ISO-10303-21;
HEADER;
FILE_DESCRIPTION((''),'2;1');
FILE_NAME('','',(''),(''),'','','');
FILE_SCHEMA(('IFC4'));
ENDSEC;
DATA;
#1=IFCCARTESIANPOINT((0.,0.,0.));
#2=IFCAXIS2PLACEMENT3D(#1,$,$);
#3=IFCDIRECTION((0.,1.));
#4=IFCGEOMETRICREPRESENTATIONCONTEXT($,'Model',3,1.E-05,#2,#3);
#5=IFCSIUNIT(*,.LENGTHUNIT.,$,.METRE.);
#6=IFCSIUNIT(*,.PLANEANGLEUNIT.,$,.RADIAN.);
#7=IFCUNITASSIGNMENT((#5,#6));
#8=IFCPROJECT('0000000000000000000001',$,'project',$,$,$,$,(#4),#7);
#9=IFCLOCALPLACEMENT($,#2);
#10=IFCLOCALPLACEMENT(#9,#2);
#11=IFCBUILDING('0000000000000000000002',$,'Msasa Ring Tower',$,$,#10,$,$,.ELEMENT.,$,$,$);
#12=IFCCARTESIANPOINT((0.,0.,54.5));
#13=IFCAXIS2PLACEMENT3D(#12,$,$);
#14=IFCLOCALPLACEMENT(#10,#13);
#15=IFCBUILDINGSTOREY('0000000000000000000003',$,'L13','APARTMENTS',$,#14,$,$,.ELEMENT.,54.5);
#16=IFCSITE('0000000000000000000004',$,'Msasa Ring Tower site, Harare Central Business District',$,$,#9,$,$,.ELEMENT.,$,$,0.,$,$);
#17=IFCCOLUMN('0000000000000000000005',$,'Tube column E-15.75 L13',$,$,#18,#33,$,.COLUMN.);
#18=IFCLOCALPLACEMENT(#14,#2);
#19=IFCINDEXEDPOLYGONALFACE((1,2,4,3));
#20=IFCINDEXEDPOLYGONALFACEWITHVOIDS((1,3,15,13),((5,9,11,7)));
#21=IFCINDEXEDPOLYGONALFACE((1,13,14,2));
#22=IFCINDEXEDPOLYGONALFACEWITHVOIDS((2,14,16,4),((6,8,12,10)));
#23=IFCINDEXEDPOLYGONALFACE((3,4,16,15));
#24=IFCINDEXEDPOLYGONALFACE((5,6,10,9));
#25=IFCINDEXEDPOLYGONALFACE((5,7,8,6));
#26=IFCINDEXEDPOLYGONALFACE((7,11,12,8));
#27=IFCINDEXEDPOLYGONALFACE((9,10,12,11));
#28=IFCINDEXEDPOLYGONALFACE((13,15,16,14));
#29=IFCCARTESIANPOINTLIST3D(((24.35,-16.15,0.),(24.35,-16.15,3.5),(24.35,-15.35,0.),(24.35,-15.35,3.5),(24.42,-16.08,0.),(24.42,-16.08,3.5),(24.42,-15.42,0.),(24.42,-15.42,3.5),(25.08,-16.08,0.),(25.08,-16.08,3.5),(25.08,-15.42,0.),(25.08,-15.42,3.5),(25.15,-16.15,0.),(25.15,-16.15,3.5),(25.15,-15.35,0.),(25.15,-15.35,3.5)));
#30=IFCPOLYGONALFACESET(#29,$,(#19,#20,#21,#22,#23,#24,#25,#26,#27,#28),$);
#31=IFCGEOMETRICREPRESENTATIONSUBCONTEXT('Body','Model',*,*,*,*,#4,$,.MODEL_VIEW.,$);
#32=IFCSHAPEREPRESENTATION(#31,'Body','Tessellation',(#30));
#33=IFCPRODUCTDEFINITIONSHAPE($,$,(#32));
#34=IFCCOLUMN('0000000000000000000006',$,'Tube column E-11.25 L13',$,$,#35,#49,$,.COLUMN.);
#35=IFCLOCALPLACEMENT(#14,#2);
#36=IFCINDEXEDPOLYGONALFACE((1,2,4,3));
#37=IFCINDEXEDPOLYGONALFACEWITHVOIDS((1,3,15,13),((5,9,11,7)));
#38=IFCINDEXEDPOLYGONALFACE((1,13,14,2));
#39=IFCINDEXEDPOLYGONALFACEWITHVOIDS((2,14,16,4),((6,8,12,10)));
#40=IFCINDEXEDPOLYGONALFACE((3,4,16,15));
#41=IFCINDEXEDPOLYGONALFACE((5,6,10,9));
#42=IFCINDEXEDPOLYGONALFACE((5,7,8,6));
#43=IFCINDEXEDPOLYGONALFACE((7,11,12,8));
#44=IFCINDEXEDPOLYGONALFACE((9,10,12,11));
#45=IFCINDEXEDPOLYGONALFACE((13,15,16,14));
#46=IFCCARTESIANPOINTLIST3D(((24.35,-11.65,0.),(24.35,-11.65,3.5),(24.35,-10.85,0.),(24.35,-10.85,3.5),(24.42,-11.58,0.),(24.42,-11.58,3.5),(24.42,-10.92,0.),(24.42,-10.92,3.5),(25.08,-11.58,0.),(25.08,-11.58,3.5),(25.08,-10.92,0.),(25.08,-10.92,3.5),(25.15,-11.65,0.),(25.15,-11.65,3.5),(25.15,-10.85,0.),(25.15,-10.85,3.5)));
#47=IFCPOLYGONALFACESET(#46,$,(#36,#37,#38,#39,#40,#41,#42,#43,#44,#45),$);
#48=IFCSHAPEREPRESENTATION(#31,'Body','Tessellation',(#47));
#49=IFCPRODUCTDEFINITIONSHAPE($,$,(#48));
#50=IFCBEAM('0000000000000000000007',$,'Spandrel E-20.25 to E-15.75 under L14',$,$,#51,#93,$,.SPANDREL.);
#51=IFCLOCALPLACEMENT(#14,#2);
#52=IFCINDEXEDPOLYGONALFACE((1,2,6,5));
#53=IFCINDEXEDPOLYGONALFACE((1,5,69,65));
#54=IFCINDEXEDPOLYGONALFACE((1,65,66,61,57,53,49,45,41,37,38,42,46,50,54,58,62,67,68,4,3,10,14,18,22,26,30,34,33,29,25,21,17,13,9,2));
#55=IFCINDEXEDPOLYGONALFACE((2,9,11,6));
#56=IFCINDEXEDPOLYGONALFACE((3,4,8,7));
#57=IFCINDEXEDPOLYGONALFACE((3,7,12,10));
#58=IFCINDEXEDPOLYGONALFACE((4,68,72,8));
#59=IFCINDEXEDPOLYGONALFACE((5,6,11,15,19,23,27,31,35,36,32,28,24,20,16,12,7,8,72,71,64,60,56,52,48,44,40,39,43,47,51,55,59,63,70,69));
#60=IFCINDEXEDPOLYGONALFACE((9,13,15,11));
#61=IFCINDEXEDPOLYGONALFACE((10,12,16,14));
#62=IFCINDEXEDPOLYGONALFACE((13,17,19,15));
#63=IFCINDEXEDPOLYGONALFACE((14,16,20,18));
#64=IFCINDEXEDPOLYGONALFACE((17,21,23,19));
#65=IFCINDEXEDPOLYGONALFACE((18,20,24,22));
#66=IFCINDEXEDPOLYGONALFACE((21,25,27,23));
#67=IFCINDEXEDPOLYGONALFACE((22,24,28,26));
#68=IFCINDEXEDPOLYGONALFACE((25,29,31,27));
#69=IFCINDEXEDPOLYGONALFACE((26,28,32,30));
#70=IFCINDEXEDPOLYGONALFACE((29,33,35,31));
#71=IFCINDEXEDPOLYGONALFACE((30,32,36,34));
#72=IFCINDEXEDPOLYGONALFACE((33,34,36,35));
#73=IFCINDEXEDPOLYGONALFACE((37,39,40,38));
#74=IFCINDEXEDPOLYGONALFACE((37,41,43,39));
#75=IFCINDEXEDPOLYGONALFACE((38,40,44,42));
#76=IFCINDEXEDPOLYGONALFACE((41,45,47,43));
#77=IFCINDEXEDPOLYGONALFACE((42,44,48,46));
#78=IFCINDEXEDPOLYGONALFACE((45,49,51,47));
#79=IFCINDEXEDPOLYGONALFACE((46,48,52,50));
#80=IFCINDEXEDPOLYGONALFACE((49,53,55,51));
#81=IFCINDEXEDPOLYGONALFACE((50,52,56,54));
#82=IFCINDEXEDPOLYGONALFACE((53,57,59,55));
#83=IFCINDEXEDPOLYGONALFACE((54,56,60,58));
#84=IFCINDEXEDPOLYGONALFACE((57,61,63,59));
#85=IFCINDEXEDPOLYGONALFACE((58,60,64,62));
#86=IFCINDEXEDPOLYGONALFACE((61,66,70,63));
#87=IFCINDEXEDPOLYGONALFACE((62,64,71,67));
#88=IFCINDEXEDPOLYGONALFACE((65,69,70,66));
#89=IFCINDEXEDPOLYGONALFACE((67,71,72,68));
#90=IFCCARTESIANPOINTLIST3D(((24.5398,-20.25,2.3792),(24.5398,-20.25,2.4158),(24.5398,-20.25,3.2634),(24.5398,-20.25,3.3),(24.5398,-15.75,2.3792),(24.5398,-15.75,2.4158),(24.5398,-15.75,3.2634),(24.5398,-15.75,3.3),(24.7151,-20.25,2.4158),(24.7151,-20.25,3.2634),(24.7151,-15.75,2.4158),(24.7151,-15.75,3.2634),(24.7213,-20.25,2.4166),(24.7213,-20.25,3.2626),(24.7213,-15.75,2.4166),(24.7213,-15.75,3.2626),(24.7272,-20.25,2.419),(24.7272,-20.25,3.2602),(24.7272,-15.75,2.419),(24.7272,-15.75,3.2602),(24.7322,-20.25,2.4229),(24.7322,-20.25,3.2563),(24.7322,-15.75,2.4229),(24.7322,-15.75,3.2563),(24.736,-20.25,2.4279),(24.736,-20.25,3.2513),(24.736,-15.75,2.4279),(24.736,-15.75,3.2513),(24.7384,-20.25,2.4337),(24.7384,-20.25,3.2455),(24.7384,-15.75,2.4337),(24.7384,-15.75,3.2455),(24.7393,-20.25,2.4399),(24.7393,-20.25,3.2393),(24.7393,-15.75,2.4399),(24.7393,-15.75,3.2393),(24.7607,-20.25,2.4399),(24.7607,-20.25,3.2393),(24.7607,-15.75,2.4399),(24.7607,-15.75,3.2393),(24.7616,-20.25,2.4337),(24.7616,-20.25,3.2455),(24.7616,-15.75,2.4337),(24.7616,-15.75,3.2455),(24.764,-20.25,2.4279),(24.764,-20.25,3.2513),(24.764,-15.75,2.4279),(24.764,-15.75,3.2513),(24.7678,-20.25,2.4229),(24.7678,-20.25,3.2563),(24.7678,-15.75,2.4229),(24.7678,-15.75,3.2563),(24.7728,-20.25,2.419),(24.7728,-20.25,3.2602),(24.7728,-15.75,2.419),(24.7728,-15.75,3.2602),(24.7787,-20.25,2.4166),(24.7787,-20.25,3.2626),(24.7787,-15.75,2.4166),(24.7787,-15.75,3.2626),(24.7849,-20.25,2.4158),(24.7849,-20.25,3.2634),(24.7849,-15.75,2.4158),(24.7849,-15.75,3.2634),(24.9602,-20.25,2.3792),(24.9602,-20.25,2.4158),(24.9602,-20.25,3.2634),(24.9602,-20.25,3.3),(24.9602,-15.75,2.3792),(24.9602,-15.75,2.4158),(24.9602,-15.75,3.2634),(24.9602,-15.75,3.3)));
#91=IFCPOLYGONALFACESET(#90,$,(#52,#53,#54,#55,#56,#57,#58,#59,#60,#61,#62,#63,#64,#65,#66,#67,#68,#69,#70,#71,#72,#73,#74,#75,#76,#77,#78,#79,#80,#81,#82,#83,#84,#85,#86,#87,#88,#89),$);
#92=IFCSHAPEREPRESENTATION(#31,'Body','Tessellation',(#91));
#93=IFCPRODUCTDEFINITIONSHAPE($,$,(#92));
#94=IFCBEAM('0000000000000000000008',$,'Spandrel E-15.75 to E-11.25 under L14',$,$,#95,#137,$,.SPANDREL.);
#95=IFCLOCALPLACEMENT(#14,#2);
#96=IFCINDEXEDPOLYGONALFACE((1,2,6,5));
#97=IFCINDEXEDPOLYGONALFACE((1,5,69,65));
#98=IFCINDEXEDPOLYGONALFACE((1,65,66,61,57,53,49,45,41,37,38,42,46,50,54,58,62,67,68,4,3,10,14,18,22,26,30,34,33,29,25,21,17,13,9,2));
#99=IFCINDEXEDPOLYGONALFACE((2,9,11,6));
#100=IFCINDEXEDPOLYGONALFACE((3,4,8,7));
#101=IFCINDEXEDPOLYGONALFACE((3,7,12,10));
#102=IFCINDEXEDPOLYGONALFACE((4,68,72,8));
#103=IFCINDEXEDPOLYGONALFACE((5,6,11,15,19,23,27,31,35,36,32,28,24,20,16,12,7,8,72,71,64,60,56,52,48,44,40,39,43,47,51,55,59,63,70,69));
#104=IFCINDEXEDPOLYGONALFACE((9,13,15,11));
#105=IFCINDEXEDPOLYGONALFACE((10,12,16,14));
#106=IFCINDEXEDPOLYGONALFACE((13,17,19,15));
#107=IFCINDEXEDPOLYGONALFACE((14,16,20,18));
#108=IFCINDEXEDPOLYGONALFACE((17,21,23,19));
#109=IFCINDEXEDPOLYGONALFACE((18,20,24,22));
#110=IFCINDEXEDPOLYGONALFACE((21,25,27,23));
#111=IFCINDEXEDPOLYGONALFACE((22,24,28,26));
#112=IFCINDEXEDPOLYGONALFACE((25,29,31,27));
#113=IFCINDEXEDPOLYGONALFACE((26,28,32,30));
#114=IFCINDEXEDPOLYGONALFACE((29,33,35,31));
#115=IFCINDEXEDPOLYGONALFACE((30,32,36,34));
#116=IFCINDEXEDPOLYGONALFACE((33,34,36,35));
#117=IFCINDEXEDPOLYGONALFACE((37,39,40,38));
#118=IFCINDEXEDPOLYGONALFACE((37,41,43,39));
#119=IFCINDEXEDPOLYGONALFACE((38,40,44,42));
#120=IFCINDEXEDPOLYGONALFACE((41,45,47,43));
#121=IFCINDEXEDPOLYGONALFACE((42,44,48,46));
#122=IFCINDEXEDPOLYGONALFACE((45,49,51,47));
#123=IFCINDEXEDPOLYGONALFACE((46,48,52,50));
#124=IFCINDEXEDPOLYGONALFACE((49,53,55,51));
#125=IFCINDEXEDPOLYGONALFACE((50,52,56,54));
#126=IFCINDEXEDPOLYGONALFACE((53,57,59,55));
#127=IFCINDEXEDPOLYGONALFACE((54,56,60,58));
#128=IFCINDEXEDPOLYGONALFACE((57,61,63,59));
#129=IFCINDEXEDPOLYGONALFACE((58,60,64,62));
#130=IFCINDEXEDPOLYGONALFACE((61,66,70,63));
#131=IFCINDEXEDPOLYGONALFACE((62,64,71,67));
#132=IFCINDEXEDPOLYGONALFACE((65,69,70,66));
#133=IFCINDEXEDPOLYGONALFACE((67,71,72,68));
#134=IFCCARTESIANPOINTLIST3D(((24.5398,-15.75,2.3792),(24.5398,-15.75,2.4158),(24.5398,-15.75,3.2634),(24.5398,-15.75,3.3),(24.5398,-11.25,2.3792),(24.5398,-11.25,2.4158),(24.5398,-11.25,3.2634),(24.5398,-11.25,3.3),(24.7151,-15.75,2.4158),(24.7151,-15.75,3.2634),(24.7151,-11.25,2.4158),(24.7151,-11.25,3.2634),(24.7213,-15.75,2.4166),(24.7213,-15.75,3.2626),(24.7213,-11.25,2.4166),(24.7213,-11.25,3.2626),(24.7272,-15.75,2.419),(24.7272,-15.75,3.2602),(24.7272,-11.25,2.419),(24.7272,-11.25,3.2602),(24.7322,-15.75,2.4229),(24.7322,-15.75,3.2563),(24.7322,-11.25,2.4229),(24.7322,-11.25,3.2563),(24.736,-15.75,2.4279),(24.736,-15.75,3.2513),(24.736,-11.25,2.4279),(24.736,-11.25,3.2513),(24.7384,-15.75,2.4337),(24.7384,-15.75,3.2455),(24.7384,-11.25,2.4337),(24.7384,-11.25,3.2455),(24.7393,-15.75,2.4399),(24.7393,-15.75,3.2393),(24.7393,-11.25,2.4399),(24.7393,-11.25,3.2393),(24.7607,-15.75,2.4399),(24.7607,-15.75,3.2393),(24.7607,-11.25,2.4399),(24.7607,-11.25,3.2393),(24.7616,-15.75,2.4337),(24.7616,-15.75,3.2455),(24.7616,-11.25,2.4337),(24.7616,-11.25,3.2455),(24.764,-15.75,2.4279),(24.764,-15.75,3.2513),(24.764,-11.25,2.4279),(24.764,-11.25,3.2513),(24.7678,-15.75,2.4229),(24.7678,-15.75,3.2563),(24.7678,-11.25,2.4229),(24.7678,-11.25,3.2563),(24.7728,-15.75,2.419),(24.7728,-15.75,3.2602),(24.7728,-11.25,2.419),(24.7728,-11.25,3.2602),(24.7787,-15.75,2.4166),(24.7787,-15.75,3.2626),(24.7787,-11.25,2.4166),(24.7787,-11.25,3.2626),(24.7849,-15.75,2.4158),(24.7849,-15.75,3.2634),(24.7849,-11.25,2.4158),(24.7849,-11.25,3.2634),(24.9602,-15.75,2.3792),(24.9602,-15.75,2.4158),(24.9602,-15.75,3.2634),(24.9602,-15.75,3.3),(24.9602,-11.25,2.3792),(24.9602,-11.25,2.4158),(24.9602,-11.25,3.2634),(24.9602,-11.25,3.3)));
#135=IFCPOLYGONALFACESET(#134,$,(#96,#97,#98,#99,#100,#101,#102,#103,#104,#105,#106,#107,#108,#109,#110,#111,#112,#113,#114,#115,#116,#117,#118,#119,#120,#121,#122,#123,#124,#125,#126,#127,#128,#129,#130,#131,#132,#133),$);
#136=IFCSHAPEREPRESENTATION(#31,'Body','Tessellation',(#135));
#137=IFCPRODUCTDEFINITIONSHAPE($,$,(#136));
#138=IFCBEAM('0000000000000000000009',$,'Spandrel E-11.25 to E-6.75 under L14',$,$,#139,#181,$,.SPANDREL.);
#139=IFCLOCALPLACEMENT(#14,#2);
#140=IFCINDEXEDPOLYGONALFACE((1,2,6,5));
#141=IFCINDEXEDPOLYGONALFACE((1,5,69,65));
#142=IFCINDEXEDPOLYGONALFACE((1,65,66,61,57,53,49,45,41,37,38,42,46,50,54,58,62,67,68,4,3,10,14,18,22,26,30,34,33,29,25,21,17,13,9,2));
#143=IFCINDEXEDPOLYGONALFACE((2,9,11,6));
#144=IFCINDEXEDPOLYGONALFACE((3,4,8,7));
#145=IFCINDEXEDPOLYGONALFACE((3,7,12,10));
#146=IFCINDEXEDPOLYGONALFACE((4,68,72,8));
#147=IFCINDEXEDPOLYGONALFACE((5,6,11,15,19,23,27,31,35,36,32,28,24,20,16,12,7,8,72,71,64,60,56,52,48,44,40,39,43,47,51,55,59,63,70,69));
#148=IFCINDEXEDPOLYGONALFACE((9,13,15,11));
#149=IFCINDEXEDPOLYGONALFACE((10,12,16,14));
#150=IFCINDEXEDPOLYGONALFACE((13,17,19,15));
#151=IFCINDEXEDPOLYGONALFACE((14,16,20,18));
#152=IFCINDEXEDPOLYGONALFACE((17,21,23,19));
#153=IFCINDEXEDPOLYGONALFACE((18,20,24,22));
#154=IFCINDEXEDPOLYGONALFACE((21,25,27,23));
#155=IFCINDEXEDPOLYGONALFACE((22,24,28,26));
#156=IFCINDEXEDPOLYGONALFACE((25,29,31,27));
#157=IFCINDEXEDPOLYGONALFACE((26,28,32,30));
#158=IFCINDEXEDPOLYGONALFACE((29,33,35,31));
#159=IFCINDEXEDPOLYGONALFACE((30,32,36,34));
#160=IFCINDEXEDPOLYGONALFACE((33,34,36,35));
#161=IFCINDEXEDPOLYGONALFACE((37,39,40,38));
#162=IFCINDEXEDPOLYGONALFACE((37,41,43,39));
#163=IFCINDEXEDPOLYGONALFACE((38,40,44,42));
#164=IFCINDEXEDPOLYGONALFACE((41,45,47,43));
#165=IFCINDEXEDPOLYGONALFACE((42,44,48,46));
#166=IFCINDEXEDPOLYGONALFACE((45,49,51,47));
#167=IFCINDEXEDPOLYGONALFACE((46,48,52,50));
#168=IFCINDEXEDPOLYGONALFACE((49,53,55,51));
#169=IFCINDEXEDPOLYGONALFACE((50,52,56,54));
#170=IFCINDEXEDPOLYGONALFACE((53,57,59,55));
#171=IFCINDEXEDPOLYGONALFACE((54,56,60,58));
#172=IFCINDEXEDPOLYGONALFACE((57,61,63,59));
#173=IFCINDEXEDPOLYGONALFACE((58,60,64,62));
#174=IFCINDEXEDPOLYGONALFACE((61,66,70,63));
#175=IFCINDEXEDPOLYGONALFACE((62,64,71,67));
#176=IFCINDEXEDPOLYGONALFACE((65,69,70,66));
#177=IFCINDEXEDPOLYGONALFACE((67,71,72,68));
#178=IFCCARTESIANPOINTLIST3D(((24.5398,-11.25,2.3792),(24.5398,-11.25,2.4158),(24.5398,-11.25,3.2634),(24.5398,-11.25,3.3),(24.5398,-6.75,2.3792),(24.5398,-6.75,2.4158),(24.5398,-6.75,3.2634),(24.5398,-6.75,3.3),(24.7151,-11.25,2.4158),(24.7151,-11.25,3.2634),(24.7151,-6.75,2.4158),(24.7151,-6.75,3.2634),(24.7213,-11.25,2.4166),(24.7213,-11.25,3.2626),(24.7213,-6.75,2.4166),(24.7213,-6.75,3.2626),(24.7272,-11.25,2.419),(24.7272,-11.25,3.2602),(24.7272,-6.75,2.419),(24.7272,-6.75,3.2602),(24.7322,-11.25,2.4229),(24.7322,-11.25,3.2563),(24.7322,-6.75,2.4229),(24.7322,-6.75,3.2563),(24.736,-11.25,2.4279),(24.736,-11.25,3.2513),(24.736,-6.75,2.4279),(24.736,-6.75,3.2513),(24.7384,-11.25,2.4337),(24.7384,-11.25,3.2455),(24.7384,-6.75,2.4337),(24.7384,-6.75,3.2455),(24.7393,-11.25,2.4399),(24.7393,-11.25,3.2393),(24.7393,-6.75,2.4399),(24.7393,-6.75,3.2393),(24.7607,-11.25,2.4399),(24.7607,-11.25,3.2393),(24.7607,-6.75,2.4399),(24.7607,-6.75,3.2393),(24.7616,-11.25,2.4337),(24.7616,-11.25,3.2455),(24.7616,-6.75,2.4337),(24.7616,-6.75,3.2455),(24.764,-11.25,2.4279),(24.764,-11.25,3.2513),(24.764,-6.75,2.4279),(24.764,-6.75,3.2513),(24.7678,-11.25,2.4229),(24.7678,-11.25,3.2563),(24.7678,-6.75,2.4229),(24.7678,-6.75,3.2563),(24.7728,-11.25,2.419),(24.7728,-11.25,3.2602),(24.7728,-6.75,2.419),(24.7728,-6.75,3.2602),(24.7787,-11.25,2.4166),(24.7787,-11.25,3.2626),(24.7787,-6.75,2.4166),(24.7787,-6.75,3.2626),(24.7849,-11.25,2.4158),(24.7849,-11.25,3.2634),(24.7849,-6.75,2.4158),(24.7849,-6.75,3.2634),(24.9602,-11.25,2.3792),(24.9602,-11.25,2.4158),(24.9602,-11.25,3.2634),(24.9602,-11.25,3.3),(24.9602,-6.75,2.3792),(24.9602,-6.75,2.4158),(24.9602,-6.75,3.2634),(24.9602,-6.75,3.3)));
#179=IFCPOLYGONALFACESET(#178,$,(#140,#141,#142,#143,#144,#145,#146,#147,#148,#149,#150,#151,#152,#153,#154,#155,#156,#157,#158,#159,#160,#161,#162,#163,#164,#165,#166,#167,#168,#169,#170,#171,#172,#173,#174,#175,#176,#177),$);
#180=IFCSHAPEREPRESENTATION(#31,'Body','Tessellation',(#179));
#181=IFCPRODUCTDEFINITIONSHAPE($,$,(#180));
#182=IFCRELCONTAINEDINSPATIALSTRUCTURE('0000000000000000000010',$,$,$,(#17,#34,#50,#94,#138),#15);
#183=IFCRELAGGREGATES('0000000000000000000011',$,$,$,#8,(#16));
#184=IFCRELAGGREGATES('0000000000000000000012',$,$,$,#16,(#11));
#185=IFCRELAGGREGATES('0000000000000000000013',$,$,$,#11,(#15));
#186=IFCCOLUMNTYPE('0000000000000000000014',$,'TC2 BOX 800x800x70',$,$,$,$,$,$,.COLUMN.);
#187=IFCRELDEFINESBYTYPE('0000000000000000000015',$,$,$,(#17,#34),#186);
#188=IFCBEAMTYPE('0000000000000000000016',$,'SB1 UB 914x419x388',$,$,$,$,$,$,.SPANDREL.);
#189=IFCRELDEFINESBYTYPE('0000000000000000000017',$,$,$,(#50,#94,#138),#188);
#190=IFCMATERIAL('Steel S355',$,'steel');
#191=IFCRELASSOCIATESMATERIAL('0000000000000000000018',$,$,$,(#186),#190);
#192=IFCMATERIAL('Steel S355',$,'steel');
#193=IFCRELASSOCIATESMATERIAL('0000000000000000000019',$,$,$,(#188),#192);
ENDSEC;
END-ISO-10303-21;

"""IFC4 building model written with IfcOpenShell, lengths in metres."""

from ifc_helpers import new_model, si_unit, direction, frame, origin, origin_2d, place, context, subcontext, project, spatial, hollow_rectangle, i_section, extrude, material, material_profile, profile_set, type_object, element, save


model = new_model("IFC4")

# Units and contexts
model_context = context("Model", 3, precision=1e-05, world=origin(), true_north=direction((0.0, 1.0)))
body_context = subcontext(model_context, "Body", "Model", "MODEL_VIEW")
ifc_project = project(units=[si_unit("LENGTHUNIT", "METRE"), si_unit("PLANEANGLEUNIT", "RADIAN")], contexts=[model_context])

# Site, building, storey
site_placement = place(None, origin())
site = spatial("IfcSite", under=ifc_project, at=site_placement, Name="Msasa Ring Tower site, Harare Central Business District", CompositionType="ELEMENT", RefElevation=0.0)
building_placement = place(site_placement, origin())
building = spatial("IfcBuilding", under=site, at=building_placement, Name="Msasa Ring Tower", CompositionType="ELEMENT")
storey_placement = place(building_placement, frame((0.0, 0.0, 54.5)))
storey = spatial("IfcBuildingStorey", under=building, at=storey_placement, Name="L13", Description="APARTMENTS", CompositionType="ELEMENT", Elevation=54.5)

# Columns
ifc_material_1 = material(Name="Steel S355", Category="steel")
ifc_material_profile_1 = material_profile(ifc_material_1, hollow_rectangle(XDim=0.8, YDim=0.8, WallThickness=0.0701, at=origin_2d()), Name="BOX 800x800x70")
ifc_profile_set_1 = profile_set([ifc_material_profile_1], Name="Steel S355")
column_type = type_object("IfcColumnType", Name="TC2 BOX 800x800x70", PredefinedType="COLUMN", material=ifc_profile_set_1)
for number, where, z_axis, x_axis, name in (
    (1, (24.75, -15.75, 0.0), (0.0, 0.0, 1.0), (1.0, 0.0, 0.0), "Tube column E-15.75 L13"),
    (2, (24.75, -11.25, 0.0), (0.0, 0.0, 1.0), (1.0, 0.0, 0.0), "Tube column E-11.25 L13"),
):
    element("IfcColumn", number, at=place(storey_placement, frame(where, z_axis=z_axis, x_axis=x_axis)), inside=storey, type_object=column_type, Name=name, PredefinedType="COLUMN", context=body_context, shape_type="SweptSolid", body=[
        extrude(hollow_rectangle(XDim=0.8, YDim=0.8, WallThickness=0.0701, at=origin_2d()), origin(), (0.0, 0.0, 1.0), 3.5),
    ])

# Beams
ifc_material_2 = material(Name="Steel S355", Category="steel")
ifc_material_profile_2 = material_profile(ifc_material_2, i_section(OverallWidth=0.4204, OverallDepth=0.9209, WebThickness=0.0215, FlangeThickness=0.0366, FilletRadius=0.0242, at=origin_2d()), Name="UB 914x419x388")
ifc_profile_set_2 = profile_set([ifc_material_profile_2], Name="Steel S355")
beam_type = type_object("IfcBeamType", Name="SB1 UB 914x419x388", PredefinedType="SPANDREL", material=ifc_profile_set_2)
for number, where, z_axis, x_axis, name in (
    (3, (24.75, -20.25, 2.8396), (0.0, 1.0, 0.0), (-1.0, 0.0, 0.0), "Spandrel E-20.25 to E-15.75 under L14"),
    (4, (24.75, -15.75, 2.8396), (0.0, 1.0, 0.0), (-1.0, 0.0, 0.0), "Spandrel E-15.75 to E-11.25 under L14"),
    (5, (24.75, -11.25, 2.8396), (0.0, 1.0, 0.0), (-1.0, 0.0, 0.0), "Spandrel E-11.25 to E-6.75 under L14"),
):
    element("IfcBeam", number, at=place(storey_placement, frame(where, z_axis=z_axis, x_axis=x_axis)), inside=storey, type_object=beam_type, Name=name, PredefinedType="SPANDREL", context=body_context, shape_type="SweptSolid", body=[
        extrude(i_section(OverallWidth=0.4204, OverallDepth=0.9209, WebThickness=0.0215, FlangeThickness=0.0366, FilletRadius=0.0242, at=origin_2d()), origin(), (0.0, 0.0, 1.0), 4.5),
    ])

save(model, "model.ifc")
